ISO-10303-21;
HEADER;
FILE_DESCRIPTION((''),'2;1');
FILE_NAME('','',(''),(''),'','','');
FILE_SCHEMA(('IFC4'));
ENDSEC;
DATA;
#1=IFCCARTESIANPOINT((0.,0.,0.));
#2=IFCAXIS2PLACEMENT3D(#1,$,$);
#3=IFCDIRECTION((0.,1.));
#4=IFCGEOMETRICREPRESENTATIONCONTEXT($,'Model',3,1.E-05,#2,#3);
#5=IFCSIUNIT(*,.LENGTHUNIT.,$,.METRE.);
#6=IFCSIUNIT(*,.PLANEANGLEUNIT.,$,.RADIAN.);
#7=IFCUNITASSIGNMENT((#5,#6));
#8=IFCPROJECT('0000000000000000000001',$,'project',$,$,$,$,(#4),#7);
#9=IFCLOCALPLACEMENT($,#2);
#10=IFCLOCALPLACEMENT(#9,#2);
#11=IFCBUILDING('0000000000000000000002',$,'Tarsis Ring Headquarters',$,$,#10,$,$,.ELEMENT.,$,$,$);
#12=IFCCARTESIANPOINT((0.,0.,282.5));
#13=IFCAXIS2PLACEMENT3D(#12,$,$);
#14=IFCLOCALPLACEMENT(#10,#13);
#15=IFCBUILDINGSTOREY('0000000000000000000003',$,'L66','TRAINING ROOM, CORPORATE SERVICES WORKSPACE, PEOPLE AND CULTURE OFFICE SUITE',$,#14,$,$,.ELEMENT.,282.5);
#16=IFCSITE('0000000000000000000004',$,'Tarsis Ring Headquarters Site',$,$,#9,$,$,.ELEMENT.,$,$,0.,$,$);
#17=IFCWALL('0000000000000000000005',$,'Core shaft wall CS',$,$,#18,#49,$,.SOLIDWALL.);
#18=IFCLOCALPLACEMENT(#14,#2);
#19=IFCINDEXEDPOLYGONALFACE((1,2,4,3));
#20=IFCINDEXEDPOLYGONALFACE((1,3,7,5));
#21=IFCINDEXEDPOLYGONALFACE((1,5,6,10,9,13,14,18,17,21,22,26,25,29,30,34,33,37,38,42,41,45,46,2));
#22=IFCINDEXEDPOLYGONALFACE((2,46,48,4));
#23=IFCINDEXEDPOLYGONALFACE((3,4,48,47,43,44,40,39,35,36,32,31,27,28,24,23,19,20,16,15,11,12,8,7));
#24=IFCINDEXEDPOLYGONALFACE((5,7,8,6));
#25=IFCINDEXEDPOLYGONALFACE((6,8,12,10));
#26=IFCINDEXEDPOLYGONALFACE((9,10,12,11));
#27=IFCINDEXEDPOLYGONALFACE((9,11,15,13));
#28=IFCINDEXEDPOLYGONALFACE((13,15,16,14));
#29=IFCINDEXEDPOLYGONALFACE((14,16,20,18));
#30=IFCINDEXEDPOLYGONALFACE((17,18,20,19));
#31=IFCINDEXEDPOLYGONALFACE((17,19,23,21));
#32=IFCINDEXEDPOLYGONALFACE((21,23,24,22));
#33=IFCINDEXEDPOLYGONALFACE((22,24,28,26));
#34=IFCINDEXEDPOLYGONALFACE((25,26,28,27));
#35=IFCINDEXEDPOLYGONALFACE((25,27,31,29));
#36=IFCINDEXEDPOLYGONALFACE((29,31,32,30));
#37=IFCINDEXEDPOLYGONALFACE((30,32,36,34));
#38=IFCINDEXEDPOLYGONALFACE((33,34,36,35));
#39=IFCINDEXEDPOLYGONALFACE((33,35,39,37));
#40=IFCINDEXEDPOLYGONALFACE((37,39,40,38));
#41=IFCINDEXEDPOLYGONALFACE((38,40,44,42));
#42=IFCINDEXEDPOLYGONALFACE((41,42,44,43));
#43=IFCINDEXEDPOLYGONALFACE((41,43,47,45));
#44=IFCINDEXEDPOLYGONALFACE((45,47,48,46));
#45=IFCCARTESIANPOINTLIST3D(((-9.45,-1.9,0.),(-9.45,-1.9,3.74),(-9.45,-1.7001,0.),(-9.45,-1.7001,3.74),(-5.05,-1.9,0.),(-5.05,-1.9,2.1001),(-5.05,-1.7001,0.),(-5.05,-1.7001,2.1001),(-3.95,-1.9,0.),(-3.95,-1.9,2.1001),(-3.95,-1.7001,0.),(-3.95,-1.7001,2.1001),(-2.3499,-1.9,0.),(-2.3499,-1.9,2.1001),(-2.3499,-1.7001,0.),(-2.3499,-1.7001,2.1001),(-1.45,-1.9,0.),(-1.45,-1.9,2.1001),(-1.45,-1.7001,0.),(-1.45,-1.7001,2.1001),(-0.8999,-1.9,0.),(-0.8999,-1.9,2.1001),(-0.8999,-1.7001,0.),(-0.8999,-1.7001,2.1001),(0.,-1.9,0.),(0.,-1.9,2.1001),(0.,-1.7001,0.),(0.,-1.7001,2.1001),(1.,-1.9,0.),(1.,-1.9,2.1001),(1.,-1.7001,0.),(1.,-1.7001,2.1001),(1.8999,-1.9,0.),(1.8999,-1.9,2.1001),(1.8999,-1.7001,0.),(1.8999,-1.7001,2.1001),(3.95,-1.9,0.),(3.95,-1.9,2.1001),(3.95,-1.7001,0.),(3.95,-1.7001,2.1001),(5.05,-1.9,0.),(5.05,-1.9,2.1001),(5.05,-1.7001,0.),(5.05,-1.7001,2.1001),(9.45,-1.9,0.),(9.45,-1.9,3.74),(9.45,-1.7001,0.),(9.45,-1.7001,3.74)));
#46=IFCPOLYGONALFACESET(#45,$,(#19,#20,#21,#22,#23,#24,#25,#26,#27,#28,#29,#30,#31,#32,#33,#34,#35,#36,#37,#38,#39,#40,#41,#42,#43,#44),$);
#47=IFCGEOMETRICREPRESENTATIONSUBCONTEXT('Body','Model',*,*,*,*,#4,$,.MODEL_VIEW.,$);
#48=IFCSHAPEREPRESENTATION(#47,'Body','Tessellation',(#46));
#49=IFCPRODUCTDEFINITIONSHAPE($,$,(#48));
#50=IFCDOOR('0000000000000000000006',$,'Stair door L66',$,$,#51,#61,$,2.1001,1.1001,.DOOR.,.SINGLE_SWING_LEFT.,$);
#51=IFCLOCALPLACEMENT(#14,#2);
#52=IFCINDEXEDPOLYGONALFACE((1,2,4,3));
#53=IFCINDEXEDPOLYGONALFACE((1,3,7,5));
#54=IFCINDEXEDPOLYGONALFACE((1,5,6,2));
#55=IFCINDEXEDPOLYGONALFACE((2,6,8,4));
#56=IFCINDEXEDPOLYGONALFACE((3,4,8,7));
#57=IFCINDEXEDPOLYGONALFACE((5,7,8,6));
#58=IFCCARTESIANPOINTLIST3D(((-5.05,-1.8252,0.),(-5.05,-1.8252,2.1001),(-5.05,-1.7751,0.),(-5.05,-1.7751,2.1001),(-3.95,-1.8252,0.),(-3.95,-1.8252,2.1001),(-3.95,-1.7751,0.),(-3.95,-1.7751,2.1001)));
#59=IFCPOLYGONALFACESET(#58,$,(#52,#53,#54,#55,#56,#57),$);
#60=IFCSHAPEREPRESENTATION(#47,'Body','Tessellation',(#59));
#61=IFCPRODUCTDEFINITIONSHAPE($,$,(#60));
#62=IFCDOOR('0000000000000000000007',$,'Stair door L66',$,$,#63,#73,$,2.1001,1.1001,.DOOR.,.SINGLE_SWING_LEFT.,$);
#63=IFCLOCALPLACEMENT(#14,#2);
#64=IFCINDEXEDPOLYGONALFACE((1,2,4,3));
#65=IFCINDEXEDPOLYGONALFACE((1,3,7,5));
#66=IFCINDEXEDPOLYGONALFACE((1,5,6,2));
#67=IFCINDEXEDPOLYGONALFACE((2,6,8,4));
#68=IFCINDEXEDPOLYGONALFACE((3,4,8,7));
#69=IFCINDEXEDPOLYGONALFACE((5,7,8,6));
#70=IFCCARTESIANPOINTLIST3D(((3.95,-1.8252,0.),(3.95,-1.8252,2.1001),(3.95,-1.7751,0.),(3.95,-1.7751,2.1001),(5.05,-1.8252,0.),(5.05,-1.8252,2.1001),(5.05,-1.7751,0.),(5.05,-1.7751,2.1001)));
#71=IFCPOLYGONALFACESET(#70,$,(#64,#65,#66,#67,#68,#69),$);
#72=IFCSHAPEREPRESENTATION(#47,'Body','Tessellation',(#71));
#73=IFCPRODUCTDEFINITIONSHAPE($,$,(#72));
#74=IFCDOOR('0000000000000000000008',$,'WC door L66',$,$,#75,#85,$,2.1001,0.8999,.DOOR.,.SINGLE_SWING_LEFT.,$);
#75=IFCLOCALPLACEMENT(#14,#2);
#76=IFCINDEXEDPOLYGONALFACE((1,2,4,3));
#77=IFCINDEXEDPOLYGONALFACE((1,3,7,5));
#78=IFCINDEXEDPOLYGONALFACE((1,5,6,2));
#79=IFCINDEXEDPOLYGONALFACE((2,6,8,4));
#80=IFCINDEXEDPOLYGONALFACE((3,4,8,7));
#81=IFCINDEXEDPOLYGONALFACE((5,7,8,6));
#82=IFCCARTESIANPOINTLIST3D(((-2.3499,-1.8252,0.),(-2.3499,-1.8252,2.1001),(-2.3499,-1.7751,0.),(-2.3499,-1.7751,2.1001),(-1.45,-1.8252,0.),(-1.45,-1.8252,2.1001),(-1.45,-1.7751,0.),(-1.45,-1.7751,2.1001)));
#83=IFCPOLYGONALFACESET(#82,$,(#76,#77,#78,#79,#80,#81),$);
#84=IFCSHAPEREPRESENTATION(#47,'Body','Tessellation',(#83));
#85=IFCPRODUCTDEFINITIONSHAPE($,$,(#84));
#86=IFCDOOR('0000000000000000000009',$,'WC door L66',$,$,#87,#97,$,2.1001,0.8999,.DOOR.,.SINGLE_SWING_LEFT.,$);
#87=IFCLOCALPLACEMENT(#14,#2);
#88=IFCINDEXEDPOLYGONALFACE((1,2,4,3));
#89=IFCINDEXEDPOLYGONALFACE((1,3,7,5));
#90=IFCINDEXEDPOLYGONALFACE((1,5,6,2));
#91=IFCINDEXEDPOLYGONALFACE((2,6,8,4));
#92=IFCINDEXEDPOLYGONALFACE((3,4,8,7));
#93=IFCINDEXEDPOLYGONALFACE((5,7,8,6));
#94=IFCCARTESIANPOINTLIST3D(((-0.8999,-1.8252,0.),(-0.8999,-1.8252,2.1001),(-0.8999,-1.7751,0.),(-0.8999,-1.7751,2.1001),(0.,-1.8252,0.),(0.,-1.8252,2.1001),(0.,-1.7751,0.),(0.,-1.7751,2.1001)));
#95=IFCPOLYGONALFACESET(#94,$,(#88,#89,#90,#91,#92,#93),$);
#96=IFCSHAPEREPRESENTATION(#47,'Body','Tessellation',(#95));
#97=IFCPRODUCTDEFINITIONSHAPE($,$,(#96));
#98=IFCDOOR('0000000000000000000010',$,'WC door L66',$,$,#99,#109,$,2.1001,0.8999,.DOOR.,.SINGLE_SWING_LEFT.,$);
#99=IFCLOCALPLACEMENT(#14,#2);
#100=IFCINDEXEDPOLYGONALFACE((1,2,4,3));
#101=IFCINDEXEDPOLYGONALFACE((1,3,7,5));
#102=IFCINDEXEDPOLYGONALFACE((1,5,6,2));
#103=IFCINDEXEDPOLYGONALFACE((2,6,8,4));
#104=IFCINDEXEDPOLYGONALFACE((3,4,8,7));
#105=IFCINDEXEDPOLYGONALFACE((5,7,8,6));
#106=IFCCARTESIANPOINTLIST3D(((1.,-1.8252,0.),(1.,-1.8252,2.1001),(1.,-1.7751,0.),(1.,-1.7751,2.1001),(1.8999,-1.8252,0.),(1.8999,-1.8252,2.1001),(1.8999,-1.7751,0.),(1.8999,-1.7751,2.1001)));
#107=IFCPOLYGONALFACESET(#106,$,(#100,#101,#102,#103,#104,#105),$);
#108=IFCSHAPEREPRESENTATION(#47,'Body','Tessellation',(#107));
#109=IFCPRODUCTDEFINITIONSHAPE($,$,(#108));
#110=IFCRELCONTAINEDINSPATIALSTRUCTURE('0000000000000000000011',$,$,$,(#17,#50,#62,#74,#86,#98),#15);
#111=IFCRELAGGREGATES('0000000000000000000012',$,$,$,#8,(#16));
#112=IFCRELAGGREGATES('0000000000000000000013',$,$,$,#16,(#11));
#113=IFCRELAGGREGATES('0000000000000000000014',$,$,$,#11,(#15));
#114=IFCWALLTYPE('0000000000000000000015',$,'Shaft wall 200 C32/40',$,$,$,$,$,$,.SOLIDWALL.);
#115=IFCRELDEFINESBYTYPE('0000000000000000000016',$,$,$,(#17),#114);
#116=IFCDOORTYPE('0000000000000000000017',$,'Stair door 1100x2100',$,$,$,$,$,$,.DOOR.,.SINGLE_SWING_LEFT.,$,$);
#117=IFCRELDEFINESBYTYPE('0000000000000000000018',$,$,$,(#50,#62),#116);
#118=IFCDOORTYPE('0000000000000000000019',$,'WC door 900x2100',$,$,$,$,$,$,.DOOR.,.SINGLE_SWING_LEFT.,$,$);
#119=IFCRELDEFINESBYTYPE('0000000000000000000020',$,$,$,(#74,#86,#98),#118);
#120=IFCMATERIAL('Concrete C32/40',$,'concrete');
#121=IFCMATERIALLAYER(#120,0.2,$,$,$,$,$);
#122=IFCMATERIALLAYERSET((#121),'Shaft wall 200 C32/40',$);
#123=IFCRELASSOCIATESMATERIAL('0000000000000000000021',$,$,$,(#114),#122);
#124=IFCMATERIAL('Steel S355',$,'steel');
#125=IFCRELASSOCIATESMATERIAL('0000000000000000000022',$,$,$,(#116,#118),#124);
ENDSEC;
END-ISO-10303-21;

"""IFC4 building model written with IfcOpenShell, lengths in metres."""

from ifc_helpers import new_model, si_unit, direction, frame, frame_2d, origin, place, context, subcontext, project, spatial, rectangle, extrude, material, layer, layer_set, type_object, element, fill, save


model = new_model("IFC4")

# Units and contexts
model_context = context("Model", 3, precision=1e-05, world=origin(), true_north=direction((0.0, 1.0)))
body_context = subcontext(model_context, "Body", "Model", "MODEL_VIEW")
ifc_project = project(units=[si_unit("LENGTHUNIT", "METRE"), si_unit("PLANEANGLEUNIT", "RADIAN")], contexts=[model_context])

# Site, building, storey
site_placement = place(None, origin())
site = spatial("IfcSite", under=ifc_project, at=site_placement, Name="Tarsis Ring Headquarters Site", CompositionType="ELEMENT", RefElevation=0.0)
building_placement = place(site_placement, origin())
building = spatial("IfcBuilding", under=site, at=building_placement, Name="Tarsis Ring Headquarters", CompositionType="ELEMENT")
storey_placement = place(building_placement, frame((0.0, 0.0, 282.5)))
storey = spatial("IfcBuildingStorey", under=building, at=storey_placement, Name="L66", Description="TRAINING ROOM, CORPORATE SERVICES WORKSPACE, PEOPLE AND CULTURE OFFICE SUITE", CompositionType="ELEMENT", Elevation=282.5)

# Wall, openings, doors
ifc_material_1 = material(Name="Concrete C32/40", Category="concrete")
ifc_layer_1 = layer(ifc_material_1, 0.2)
ifc_layer_set_1 = layer_set([ifc_layer_1], Name="Shaft wall 200 C32/40")
wall_type_1 = type_object("IfcWallType", Name="Shaft wall 200 C32/40", PredefinedType="SOLIDWALL", material=ifc_layer_set_1)
ifc_material_2 = material(Name="Steel S355", Category="steel")
door_type_1 = type_object("IfcDoorType", Name="Stair door 1100x2100", OperationType="SINGLE_SWING_LEFT", PredefinedType="DOOR", material=ifc_material_2)
wall_1_placement = place(storey_placement, frame((-9.45, -1.8, 0.0), z_axis=(0.0, 0.0, 1.0), x_axis=(1.0, 0.0, 0.0)))
wall_1 = element("IfcWall", 1, at=wall_1_placement, inside=storey, type_object=wall_type_1, Name="Core shaft wall CS", PredefinedType="SOLIDWALL", context=body_context, shape_type="SweptSolid", body=[
    extrude(rectangle(XDim=18.8999, YDim=0.2, at=frame_2d((9.45, 0.0))), origin(), (0.0, 0.0, 1.0), 3.74),
])
opening_1_placement = place(wall_1_placement, frame((4.3999, 0.0, 0.0)))
opening_1 = element("IfcOpeningElement", 2, at=opening_1_placement, cuts=wall_1, PredefinedType="OPENING", context=body_context, shape_type="SweptSolid", body=[
    extrude(rectangle(XDim=1.1001, YDim=2.1001, at=frame_2d((0.55, 1.05))), frame((0.0, 0.1099, 0.0), z_axis=(0.0, -1.0, 0.0), x_axis=(1.0, 0.0, 0.0)), (0.0, 0.0, 1.0), 0.22),
])
opening_2_placement = place(wall_1_placement, frame((7.1001, 0.0, 0.0)))
opening_2 = element("IfcOpeningElement", 3, at=opening_2_placement, cuts=wall_1, PredefinedType="OPENING", context=body_context, shape_type="SweptSolid", body=[
    extrude(rectangle(XDim=0.8999, YDim=2.1001, at=frame_2d((0.45, 1.05))), frame((0.0, 0.1099, 0.0), z_axis=(0.0, -1.0, 0.0), x_axis=(1.0, 0.0, 0.0)), (0.0, 0.0, 1.0), 0.22),
])
opening_3_placement = place(wall_1_placement, frame((8.55, 0.0, 0.0)))
opening_3 = element("IfcOpeningElement", 4, at=opening_3_placement, cuts=wall_1, PredefinedType="OPENING", context=body_context, shape_type="SweptSolid", body=[
    extrude(rectangle(XDim=0.8999, YDim=2.1001, at=frame_2d((0.45, 1.05))), frame((0.0, 0.1099, 0.0), z_axis=(0.0, -1.0, 0.0), x_axis=(1.0, 0.0, 0.0)), (0.0, 0.0, 1.0), 0.22),
])
opening_4_placement = place(wall_1_placement, frame((10.45, 0.0, 0.0)))
opening_4 = element("IfcOpeningElement", 5, at=opening_4_placement, cuts=wall_1, PredefinedType="OPENING", context=body_context, shape_type="SweptSolid", body=[
    extrude(rectangle(XDim=0.8999, YDim=2.1001, at=frame_2d((0.45, 1.05))), frame((0.0, 0.1099, 0.0), z_axis=(0.0, -1.0, 0.0), x_axis=(1.0, 0.0, 0.0)), (0.0, 0.0, 1.0), 0.22),
])
opening_5_placement = place(wall_1_placement, frame((13.3999, 0.0, 0.0)))
opening_5 = element("IfcOpeningElement", 6, at=opening_5_placement, cuts=wall_1, PredefinedType="OPENING", context=body_context, shape_type="SweptSolid", body=[
    extrude(rectangle(XDim=1.1001, YDim=2.1001, at=frame_2d((0.55, 1.05))), frame((0.0, 0.1099, 0.0), z_axis=(0.0, -1.0, 0.0), x_axis=(1.0, 0.0, 0.0)), (0.0, 0.0, 1.0), 0.22),
])
door_1_placement = place(opening_1_placement, origin())
door_1 = element("IfcDoor", 7, at=door_1_placement, inside=storey, type_object=door_type_1, Name="Stair door L66", OperationType="SINGLE_SWING_LEFT", OverallHeight=2.1001, OverallWidth=1.1001, PredefinedType="DOOR", context=body_context, shape_type="SweptSolid", body=[
    extrude(rectangle(XDim=1.1001, YDim=2.1001, at=frame_2d((0.55, 1.05))), frame((0.0, 0.0249, 0.0), z_axis=(0.0, -1.0, 0.0), x_axis=(1.0, 0.0, 0.0)), (0.0, 0.0, 1.0), 0.05),
])
fill(opening_1, door_1)
door_2_placement = place(opening_5_placement, origin())
door_2 = element("IfcDoor", 8, at=door_2_placement, inside=storey, type_object=door_type_1, Name="Stair door L66", OperationType="SINGLE_SWING_LEFT", OverallHeight=2.1001, OverallWidth=1.1001, PredefinedType="DOOR", context=body_context, shape_type="SweptSolid", body=[
    extrude(rectangle(XDim=1.1001, YDim=2.1001, at=frame_2d((0.55, 1.05))), frame((0.0, 0.0249, 0.0), z_axis=(0.0, -1.0, 0.0), x_axis=(1.0, 0.0, 0.0)), (0.0, 0.0, 1.0), 0.05),
])
fill(opening_5, door_2)
door_type_2 = type_object("IfcDoorType", Name="WC door 900x2100", OperationType="SINGLE_SWING_LEFT", PredefinedType="DOOR", material=ifc_material_2)
door_3_placement = place(opening_2_placement, origin())
door_3 = element("IfcDoor", 9, at=door_3_placement, inside=storey, type_object=door_type_2, Name="WC door L66", OperationType="SINGLE_SWING_LEFT", OverallHeight=2.1001, OverallWidth=0.8999, PredefinedType="DOOR", context=body_context, shape_type="SweptSolid", body=[
    extrude(rectangle(XDim=0.8999, YDim=2.1001, at=frame_2d((0.45, 1.05))), frame((0.0, 0.0249, 0.0), z_axis=(0.0, -1.0, 0.0), x_axis=(1.0, 0.0, 0.0)), (0.0, 0.0, 1.0), 0.05),
])
fill(opening_2, door_3)
door_4_placement = place(opening_3_placement, origin())
door_4 = element("IfcDoor", 10, at=door_4_placement, inside=storey, type_object=door_type_2, Name="WC door L66", OperationType="SINGLE_SWING_LEFT", OverallHeight=2.1001, OverallWidth=0.8999, PredefinedType="DOOR", context=body_context, shape_type="SweptSolid", body=[
    extrude(rectangle(XDim=0.8999, YDim=2.1001, at=frame_2d((0.45, 1.05))), frame((0.0, 0.0249, 0.0), z_axis=(0.0, -1.0, 0.0), x_axis=(1.0, 0.0, 0.0)), (0.0, 0.0, 1.0), 0.05),
])
fill(opening_3, door_4)
door_5_placement = place(opening_4_placement, origin())
door_5 = element("IfcDoor", 11, at=door_5_placement, inside=storey, type_object=door_type_2, Name="WC door L66", OperationType="SINGLE_SWING_LEFT", OverallHeight=2.1001, OverallWidth=0.8999, PredefinedType="DOOR", context=body_context, shape_type="SweptSolid", body=[
    extrude(rectangle(XDim=0.8999, YDim=2.1001, at=frame_2d((0.45, 1.05))), frame((0.0, 0.0249, 0.0), z_axis=(0.0, -1.0, 0.0), x_axis=(1.0, 0.0, 0.0)), (0.0, 0.0, 1.0), 0.05),
])
fill(opening_4, door_5)

save(model, "model.ifc")
